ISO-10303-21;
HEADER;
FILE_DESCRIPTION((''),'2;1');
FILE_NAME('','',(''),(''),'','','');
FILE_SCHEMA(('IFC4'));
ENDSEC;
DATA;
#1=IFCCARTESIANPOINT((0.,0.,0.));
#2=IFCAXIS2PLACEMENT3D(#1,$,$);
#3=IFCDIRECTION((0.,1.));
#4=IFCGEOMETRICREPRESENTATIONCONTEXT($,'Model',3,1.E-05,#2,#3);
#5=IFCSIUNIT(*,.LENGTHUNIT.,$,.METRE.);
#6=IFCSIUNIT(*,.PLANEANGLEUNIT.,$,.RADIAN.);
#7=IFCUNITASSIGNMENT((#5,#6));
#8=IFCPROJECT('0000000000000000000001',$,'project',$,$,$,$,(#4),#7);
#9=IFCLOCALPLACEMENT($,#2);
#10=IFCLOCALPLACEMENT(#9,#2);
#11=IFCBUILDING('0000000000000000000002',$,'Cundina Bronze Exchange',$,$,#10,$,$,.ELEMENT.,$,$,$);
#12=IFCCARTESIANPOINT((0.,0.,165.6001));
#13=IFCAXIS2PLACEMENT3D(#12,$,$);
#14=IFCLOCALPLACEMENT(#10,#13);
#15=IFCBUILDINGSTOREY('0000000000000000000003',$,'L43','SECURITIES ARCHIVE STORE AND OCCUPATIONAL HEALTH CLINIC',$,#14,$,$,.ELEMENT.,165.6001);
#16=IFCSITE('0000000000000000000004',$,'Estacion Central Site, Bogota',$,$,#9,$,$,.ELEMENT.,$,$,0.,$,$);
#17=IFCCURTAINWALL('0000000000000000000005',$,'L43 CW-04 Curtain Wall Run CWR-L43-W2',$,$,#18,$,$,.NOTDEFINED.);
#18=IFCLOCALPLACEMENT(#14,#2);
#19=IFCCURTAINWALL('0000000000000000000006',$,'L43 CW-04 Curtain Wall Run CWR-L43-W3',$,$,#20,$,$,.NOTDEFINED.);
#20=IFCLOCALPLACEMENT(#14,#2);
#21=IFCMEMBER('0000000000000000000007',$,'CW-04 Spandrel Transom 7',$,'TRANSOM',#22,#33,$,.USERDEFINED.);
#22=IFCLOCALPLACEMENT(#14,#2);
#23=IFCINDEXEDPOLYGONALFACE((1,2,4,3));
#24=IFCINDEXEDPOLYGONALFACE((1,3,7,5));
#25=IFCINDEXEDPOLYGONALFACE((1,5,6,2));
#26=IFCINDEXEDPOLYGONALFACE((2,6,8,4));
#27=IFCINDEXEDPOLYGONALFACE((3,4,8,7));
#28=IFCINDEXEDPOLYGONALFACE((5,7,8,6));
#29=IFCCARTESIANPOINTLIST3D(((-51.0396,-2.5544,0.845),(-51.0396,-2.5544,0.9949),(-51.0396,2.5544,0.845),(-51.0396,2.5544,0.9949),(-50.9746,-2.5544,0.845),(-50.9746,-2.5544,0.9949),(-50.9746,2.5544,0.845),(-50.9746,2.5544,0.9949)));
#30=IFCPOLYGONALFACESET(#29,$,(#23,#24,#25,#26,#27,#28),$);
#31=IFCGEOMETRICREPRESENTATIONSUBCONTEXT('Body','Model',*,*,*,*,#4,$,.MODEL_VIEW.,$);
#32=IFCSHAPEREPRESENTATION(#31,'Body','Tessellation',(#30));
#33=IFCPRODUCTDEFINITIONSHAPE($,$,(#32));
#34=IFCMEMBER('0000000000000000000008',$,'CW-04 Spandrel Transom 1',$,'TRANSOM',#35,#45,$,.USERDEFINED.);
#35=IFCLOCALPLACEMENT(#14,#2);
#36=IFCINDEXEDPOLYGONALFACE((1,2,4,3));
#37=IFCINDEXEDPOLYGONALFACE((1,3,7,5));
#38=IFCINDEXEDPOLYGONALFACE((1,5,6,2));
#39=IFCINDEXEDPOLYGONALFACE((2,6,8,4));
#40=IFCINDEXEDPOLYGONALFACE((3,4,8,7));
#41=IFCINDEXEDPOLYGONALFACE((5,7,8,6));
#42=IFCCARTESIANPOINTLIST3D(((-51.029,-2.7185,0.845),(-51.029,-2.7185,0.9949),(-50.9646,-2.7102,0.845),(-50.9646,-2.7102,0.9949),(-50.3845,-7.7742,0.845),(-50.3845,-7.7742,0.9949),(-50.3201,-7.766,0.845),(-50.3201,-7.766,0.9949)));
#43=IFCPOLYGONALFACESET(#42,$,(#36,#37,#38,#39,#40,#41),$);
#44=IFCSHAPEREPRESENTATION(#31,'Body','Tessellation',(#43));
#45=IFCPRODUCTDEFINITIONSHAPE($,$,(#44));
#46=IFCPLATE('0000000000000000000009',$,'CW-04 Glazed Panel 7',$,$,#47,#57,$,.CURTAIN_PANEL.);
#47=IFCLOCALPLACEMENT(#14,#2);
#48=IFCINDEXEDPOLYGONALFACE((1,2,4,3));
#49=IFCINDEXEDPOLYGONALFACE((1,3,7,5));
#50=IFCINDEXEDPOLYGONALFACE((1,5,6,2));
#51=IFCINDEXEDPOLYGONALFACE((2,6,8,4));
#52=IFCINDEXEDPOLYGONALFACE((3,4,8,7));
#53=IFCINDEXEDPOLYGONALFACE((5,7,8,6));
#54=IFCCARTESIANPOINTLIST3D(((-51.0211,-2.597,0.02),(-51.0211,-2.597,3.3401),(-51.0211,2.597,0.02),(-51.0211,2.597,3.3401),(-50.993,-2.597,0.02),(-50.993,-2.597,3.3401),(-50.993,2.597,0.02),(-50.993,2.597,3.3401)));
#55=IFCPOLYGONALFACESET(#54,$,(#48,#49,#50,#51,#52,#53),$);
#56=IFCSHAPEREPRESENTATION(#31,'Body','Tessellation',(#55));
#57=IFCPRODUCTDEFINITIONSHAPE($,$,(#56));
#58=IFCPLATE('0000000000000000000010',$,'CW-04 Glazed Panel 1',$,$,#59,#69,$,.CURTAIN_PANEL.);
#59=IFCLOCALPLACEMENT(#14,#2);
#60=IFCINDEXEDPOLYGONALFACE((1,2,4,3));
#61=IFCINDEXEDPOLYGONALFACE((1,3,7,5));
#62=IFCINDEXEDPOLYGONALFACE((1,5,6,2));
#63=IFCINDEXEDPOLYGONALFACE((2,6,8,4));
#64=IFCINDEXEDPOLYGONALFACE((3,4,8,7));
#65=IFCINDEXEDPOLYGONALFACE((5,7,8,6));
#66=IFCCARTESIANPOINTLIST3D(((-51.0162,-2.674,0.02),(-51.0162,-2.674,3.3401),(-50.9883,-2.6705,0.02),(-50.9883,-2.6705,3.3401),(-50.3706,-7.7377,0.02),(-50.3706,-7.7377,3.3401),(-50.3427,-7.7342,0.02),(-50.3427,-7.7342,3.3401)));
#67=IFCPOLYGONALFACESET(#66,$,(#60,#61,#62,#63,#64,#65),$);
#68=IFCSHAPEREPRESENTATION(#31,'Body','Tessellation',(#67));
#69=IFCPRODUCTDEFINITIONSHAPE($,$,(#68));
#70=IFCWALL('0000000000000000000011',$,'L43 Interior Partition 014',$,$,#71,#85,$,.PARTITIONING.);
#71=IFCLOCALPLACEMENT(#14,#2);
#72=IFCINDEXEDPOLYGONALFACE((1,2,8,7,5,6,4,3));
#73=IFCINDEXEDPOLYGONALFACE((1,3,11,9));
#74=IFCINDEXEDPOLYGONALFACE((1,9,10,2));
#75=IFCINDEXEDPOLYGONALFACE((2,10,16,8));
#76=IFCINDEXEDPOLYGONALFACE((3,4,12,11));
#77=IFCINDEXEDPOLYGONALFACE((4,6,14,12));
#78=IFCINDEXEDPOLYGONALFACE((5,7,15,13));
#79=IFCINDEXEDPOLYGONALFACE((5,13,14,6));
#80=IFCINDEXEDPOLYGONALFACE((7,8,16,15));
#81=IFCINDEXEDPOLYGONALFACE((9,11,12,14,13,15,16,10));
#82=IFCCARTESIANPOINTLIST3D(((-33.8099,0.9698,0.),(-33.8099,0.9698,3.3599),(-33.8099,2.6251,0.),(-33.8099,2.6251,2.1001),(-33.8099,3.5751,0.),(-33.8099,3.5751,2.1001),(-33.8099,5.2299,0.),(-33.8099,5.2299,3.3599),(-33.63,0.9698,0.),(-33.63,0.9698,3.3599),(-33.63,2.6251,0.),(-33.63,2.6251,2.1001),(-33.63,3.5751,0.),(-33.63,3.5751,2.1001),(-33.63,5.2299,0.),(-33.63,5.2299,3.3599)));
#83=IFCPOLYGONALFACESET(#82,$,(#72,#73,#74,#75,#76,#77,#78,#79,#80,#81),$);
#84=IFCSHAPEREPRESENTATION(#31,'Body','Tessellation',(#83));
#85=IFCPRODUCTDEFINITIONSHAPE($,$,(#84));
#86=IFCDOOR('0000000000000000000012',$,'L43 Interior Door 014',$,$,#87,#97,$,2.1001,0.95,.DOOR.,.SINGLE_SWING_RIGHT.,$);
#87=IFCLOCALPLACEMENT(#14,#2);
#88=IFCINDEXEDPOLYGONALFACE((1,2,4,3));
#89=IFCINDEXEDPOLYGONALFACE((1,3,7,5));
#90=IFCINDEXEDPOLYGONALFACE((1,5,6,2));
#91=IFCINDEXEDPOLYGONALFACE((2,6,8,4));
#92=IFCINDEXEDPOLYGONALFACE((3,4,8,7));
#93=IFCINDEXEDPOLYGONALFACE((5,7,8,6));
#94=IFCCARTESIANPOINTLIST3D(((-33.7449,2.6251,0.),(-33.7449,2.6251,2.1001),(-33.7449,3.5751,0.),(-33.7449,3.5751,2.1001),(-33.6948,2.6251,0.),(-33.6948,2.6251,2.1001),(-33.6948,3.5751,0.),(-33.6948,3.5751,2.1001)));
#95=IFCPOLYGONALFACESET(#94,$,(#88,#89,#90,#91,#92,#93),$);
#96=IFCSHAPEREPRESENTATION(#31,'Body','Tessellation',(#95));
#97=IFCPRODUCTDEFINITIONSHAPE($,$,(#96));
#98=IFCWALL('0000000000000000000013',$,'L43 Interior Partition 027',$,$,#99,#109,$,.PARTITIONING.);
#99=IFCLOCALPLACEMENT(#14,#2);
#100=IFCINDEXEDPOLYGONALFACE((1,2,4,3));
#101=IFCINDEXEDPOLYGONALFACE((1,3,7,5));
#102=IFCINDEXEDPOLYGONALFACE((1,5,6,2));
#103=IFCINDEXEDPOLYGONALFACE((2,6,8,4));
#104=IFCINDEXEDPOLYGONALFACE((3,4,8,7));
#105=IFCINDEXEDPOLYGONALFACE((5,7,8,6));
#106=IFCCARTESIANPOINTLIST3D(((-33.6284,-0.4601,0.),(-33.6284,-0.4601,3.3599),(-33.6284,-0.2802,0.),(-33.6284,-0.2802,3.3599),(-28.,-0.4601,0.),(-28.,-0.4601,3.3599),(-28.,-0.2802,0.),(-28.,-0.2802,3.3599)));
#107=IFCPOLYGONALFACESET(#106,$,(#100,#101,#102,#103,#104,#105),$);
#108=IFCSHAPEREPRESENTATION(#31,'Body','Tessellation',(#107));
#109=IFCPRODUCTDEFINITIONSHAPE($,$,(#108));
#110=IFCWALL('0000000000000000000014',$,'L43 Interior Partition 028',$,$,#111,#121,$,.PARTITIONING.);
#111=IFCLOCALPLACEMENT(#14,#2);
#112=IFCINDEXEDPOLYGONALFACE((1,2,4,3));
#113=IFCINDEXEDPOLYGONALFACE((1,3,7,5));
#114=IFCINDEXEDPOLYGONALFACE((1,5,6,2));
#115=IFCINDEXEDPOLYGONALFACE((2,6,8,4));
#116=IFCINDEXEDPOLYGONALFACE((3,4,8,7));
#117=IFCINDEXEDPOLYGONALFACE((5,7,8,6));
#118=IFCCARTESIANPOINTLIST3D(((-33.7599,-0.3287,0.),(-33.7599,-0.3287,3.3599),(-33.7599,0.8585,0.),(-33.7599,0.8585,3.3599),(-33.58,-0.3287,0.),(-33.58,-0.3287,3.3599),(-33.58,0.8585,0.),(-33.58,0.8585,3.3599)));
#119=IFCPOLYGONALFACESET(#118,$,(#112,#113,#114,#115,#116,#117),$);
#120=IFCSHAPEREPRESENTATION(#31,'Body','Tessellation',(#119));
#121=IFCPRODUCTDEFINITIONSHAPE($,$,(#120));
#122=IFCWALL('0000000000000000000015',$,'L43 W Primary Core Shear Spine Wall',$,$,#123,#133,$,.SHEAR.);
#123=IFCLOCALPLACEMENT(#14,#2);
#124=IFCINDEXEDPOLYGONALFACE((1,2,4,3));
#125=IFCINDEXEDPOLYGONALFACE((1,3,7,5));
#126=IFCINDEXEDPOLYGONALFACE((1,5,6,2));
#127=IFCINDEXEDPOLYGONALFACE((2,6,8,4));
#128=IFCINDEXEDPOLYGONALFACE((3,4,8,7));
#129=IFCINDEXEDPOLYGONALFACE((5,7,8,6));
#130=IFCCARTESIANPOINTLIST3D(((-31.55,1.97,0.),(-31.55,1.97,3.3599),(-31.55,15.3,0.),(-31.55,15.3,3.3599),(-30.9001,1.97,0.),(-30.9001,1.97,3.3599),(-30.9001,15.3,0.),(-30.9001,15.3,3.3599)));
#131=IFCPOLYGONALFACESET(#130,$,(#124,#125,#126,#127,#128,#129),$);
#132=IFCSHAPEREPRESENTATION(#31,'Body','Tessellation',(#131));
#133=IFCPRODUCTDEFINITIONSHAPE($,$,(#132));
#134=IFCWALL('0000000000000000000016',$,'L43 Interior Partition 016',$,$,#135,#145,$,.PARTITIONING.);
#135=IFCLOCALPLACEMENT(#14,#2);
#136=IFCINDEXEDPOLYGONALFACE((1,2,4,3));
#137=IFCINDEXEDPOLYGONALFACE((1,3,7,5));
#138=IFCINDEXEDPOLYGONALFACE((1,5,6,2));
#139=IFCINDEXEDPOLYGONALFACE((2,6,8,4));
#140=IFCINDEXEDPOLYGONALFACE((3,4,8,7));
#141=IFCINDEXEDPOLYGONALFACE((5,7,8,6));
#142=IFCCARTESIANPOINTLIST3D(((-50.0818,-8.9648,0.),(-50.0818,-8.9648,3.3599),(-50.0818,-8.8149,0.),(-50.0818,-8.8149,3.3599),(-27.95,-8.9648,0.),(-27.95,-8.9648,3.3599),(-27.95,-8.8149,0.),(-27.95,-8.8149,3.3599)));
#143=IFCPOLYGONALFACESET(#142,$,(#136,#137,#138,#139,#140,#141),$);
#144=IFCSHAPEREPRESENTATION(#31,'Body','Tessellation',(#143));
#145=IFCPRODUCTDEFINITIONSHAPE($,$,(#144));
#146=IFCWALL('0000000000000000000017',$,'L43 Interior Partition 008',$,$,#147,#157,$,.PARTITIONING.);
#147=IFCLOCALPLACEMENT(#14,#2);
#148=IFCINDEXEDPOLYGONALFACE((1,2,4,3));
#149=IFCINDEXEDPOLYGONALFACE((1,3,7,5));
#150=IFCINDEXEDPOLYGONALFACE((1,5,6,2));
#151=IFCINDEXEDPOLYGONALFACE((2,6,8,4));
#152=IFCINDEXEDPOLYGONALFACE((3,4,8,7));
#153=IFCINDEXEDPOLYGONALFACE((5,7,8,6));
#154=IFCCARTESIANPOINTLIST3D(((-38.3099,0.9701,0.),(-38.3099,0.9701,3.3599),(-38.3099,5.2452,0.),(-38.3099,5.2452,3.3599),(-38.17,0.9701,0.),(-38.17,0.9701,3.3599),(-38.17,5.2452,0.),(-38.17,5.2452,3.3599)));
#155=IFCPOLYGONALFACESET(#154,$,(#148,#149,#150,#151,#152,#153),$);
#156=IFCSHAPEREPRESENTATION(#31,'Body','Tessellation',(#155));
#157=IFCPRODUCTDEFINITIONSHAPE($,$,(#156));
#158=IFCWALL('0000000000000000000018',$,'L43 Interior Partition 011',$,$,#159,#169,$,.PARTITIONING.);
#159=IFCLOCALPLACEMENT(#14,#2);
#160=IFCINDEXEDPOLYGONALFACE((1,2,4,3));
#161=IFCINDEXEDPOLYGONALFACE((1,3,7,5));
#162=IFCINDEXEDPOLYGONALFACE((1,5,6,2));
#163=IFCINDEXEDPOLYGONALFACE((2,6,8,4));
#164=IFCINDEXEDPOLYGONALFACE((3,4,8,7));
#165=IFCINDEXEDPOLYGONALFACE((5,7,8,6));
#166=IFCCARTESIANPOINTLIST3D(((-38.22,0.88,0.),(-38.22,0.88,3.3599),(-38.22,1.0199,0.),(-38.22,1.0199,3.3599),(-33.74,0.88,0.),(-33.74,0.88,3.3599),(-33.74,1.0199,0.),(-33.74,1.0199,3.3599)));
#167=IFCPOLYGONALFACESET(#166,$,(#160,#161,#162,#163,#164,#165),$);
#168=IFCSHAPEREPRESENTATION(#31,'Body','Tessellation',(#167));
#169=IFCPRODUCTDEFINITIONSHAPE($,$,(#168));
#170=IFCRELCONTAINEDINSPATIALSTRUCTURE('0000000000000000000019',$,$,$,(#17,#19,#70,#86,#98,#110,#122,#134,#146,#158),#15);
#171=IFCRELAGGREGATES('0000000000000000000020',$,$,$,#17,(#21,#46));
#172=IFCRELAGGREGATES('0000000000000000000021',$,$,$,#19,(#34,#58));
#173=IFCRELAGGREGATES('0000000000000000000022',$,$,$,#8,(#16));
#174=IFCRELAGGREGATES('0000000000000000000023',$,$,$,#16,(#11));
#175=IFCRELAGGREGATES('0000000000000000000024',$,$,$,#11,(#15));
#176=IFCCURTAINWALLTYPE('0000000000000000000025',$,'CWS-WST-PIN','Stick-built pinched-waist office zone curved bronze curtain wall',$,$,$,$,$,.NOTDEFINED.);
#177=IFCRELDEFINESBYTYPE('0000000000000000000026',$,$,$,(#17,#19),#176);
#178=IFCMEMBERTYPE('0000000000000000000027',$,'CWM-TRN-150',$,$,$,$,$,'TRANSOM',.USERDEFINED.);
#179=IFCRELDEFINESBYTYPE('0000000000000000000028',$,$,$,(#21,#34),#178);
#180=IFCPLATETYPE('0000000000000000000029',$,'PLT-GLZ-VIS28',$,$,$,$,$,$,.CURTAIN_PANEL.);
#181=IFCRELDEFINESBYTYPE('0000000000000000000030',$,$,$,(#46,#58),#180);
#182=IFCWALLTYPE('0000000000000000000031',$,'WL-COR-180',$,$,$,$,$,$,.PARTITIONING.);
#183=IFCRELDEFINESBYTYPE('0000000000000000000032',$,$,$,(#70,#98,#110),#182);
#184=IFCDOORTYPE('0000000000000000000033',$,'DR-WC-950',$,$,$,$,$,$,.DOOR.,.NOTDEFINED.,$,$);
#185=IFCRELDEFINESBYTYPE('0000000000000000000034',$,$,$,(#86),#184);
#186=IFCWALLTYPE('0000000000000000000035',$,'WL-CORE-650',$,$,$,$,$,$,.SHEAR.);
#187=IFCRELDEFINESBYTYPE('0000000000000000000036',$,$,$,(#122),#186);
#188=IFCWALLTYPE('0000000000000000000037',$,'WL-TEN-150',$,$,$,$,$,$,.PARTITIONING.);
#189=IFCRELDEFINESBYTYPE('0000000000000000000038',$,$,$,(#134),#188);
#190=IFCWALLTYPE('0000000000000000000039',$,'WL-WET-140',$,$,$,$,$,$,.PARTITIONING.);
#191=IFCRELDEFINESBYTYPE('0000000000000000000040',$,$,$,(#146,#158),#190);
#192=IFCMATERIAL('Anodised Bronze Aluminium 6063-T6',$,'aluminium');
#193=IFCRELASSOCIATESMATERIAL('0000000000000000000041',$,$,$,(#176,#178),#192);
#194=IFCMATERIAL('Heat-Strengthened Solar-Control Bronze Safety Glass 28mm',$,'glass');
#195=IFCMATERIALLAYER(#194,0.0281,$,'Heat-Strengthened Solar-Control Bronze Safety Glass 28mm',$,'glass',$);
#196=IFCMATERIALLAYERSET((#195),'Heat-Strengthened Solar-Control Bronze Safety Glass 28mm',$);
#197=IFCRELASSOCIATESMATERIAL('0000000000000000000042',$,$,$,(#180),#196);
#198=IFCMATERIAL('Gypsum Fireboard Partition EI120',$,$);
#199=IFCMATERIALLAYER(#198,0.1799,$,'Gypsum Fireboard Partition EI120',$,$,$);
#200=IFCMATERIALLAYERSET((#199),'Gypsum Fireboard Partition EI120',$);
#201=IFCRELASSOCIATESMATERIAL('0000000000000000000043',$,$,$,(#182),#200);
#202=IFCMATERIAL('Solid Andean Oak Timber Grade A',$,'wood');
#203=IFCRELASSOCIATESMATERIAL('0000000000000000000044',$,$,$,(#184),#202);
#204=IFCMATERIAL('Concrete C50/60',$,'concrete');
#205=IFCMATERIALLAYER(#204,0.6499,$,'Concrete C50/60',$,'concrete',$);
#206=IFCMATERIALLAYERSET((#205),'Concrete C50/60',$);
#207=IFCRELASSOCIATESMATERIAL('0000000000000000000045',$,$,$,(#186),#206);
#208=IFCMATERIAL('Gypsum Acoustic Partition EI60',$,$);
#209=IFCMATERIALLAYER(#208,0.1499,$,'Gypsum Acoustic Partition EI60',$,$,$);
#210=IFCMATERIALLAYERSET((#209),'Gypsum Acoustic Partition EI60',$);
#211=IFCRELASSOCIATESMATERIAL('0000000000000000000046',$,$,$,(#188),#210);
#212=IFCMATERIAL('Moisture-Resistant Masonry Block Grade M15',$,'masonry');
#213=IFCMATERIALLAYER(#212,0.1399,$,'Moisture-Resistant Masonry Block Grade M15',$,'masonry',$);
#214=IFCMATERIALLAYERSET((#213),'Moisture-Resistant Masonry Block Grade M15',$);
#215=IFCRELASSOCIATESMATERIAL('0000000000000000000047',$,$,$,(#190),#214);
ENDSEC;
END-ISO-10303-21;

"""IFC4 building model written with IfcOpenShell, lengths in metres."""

from ifc_helpers import new_model, si_unit, direction, frame, frame_2d, origin, origin_2d, place, context, subcontext, project, spatial, rectangle, extrude, material, layer, layer_set, material_profile, profile_set, type_object, element, fill, aggregate, save


model = new_model("IFC4")

# Units and contexts
model_context = context("Model", 3, precision=1e-05, world=origin(), true_north=direction((0.0, 1.0)))
body_context = subcontext(model_context, "Body", "Model", "MODEL_VIEW")
ifc_project = project(units=[si_unit("LENGTHUNIT", "METRE"), si_unit("PLANEANGLEUNIT", "RADIAN")], contexts=[model_context])

# Site, building, storey
site_placement = place(None, origin())
site = spatial("IfcSite", under=ifc_project, at=site_placement, Name="Estacion Central Site, Bogota", CompositionType="ELEMENT", RefElevation=0.0)
building_placement = place(site_placement, origin())
building = spatial("IfcBuilding", under=site, at=building_placement, Name="Cundina Bronze Exchange", CompositionType="ELEMENT")
storey_placement = place(building_placement, frame((0.0, 0.0, 165.6001)))
storey = spatial("IfcBuildingStorey", under=building, at=storey_placement, Name="L43", Description="SECURITIES ARCHIVE STORE AND OCCUPATIONAL HEALTH CLINIC", CompositionType="ELEMENT", Elevation=165.6001)

# Shared definitions
ifc_material_1 = material(Name="Concrete C50/60", Category="concrete")

# Curtain walls
ifc_material_2 = material(Name="Anodised Bronze Aluminium 6063-T6", Category="aluminium")
curtain_wall_type = type_object("IfcCurtainWallType", Name="CWS-WST-PIN", Description="Stick-built pinched-waist office zone curved bronze curtain wall", PredefinedType="NOTDEFINED", material=ifc_material_2)
curtain_wall_1_placement = place(storey_placement, origin())
curtain_wall_1 = element("IfcCurtainWall", 1, at=curtain_wall_1_placement, inside=storey, type_object=curtain_wall_type, Name="L43 CW-04 Curtain Wall Run CWR-L43-W2", PredefinedType="NOTDEFINED")
curtain_wall_2_placement = place(storey_placement, origin())
curtain_wall_2 = element("IfcCurtainWall", 2, at=curtain_wall_2_placement, inside=storey, type_object=curtain_wall_type, Name="L43 CW-04 Curtain Wall Run CWR-L43-W3", PredefinedType="NOTDEFINED")

# Members
ifc_material_profile_1 = material_profile(ifc_material_2, rectangle(XDim=0.0649, YDim=0.1499, at=origin_2d()), Name="AL65X150", Category="aluminium")
ifc_profile_set_1 = profile_set([ifc_material_profile_1], Name="Anodised Bronze Aluminium 6063-T6")
member_type_1 = type_object("IfcMemberType", Name="CWM-TRN-150", ElementType="TRANSOM", PredefinedType="USERDEFINED", material=ifc_profile_set_1)
member_1_placement = place(storey_placement, frame((-51.0071, 2.5544, 0.9199), z_axis=(0.0, -1.0, 0.0), x_axis=(1.0, 0.0, 0.0)))
member_1 = element("IfcMember", 3, at=member_1_placement, type_object=member_type_1, Name="CW-04 Spandrel Transom 7", ObjectType="TRANSOM", PredefinedType="USERDEFINED", context=body_context, shape_type="SweptSolid", body=[
    extrude(rectangle(XDim=0.0649, YDim=0.1499, at=origin_2d()), origin(), (0.0, 0.0, 1.0), 5.1089),
])
member_2_placement = place(storey_placement, frame((-50.9968, -2.7144, 0.9199), z_axis=(0.126463, -0.991971, 0.0), x_axis=(0.991971, 0.126463, 0.0)))
member_2 = element("IfcMember", 4, at=member_2_placement, type_object=member_type_1, Name="CW-04 Spandrel Transom 1", ObjectType="TRANSOM", PredefinedType="USERDEFINED", context=body_context, shape_type="SweptSolid", body=[
    extrude(rectangle(XDim=0.0649, YDim=0.1499, at=origin_2d()), origin(), (0.0, 0.0, 1.0), 5.0967),
])

# Plates
ifc_material_3 = material(Name="Heat-Strengthened Solar-Control Bronze Safety Glass 28mm", Category="glass")
ifc_layer_1 = layer(ifc_material_3, 0.0281, Name="Heat-Strengthened Solar-Control Bronze Safety Glass 28mm", Category="glass")
ifc_layer_set_1 = layer_set([ifc_layer_1], Name="Heat-Strengthened Solar-Control Bronze Safety Glass 28mm")
plate_type = type_object("IfcPlateType", Name="PLT-GLZ-VIS28", PredefinedType="CURTAIN_PANEL", material=ifc_layer_set_1)
plate_1_placement = place(storey_placement, frame((-51.0071, 0.0, 0.02), z_axis=(0.0, 0.0, 1.0), x_axis=(0.0, -1.0, 0.0)))
plate_1 = element("IfcPlate", 5, at=plate_1_placement, type_object=plate_type, Name="CW-04 Glazed Panel 7", PredefinedType="CURTAIN_PANEL", context=body_context, shape_type="SweptSolid", body=[
    extrude(rectangle(XDim=5.1941, YDim=0.0281, at=origin_2d()), origin(), (0.0, 0.0, 1.0), 3.3201),
])
aggregate(curtain_wall_1, [member_1, plate_1])
plate_2_placement = place(storey_placement, frame((-50.6794, -5.2041, 0.02), z_axis=(0.0, 0.0, 1.0), x_axis=(0.126476, -0.99197, 0.0)))
plate_2 = element("IfcPlate", 6, at=plate_2_placement, type_object=plate_type, Name="CW-04 Glazed Panel 1", PredefinedType="CURTAIN_PANEL", context=body_context, shape_type="SweptSolid", body=[
    extrude(rectangle(XDim=5.1047, YDim=0.0281, at=origin_2d()), origin(), (0.0, 0.0, 1.0), 3.3201),
])
aggregate(curtain_wall_2, [member_2, plate_2])

# Wall, opening, door
ifc_material_4 = material(Name="Gypsum Fireboard Partition EI120")
ifc_layer_2 = layer(ifc_material_4, 0.1799, Name="Gypsum Fireboard Partition EI120")
ifc_layer_set_2 = layer_set([ifc_layer_2], Name="Gypsum Fireboard Partition EI120")
wall_type_1 = type_object("IfcWallType", Name="WL-COR-180", PredefinedType="PARTITIONING", material=ifc_layer_set_2)
wall_1_placement = place(storey_placement, frame((-33.72, 0.97, 0.0), z_axis=(0.0, 0.0, 1.0), x_axis=(0.0, 1.0, 0.0)))
wall_1 = element("IfcWall", 7, at=wall_1_placement, inside=storey, type_object=wall_type_1, Name="L43 Interior Partition 014", PredefinedType="PARTITIONING", context=body_context, shape_type="SweptSolid", body=[
    extrude(rectangle(XDim=4.26, YDim=0.1799, at=frame_2d((2.1299, 0.0))), origin(), (0.0, 0.0, 1.0), 3.3599),
])
opening_1_placement = place(wall_1_placement, frame((1.655, 0.0, 0.0)))
opening_1 = element("IfcOpeningElement", 8, at=opening_1_placement, cuts=wall_1, PredefinedType="OPENING", context=body_context, shape_type="SweptSolid", body=[
    extrude(rectangle(XDim=0.95, YDim=2.1001, at=frame_2d((0.4751, 1.05))), frame((0.0, 0.0999, 0.0), z_axis=(0.0, -1.0, 0.0), x_axis=(1.0, 0.0, 0.0)), (0.0, 0.0, 1.0), 0.2),
])
ifc_material_5 = material(Name="Solid Andean Oak Timber Grade A", Category="wood")
door_type_1 = type_object("IfcDoorType", Name="DR-WC-950", OperationType="NOTDEFINED", PredefinedType="DOOR", material=ifc_material_5)
door_1_placement = place(opening_1_placement, origin())
door_1 = element("IfcDoor", 9, at=door_1_placement, inside=storey, type_object=door_type_1, Name="L43 Interior Door 014", OperationType="SINGLE_SWING_RIGHT", OverallHeight=2.1001, OverallWidth=0.95, PredefinedType="DOOR", context=body_context, shape_type="SweptSolid", body=[
    extrude(rectangle(XDim=0.95, YDim=2.1001, at=frame_2d((0.4751, 1.05))), frame((0.0, 0.0249, 0.0), z_axis=(0.0, -1.0, 0.0), x_axis=(1.0, 0.0, 0.0)), (0.0, 0.0, 1.0), 0.05),
])
fill(opening_1, door_1)

# Walls
wall_2_placement = place(storey_placement, frame((-33.6284, -0.3701, 0.0), z_axis=(0.0, 0.0, 1.0), x_axis=(1.0, 0.0, 0.0)))
element("IfcWall", 10, at=wall_2_placement, inside=storey, type_object=wall_type_1, Name="L43 Interior Partition 027", PredefinedType="PARTITIONING", context=body_context, shape_type="SweptSolid", body=[
    extrude(rectangle(XDim=5.6284, YDim=0.1799, at=frame_2d((2.8142, 0.0))), origin(), (0.0, 0.0, 1.0), 3.3599),
])
wall_3_placement = place(storey_placement, frame((-33.6699, 0.8586, 0.0), z_axis=(0.0, 0.0, 1.0), x_axis=(0.0, -1.0, 0.0)))
element("IfcWall", 11, at=wall_3_placement, inside=storey, type_object=wall_type_1, Name="L43 Interior Partition 028", PredefinedType="PARTITIONING", context=body_context, shape_type="SweptSolid", body=[
    extrude(rectangle(XDim=1.1873, YDim=0.1799, at=frame_2d((0.5938, 0.0))), origin(), (0.0, 0.0, 1.0), 3.3599),
])
ifc_layer_3 = layer(ifc_material_1, 0.6499, Name="Concrete C50/60", Category="concrete")
ifc_layer_set_3 = layer_set([ifc_layer_3], Name="Concrete C50/60")
wall_type_2 = type_object("IfcWallType", Name="WL-CORE-650", PredefinedType="SHEAR", material=ifc_layer_set_3)
wall_4_placement = place(storey_placement, frame((-31.2251, 1.97, 0.0), z_axis=(0.0, 0.0, 1.0), x_axis=(0.0, 1.0, 0.0)))
element("IfcWall", 12, at=wall_4_placement, inside=storey, type_object=wall_type_2, Name="L43 W Primary Core Shear Spine Wall", PredefinedType="SHEAR", context=body_context, shape_type="SweptSolid", body=[
    extrude(rectangle(XDim=13.3301, YDim=0.6499, at=frame_2d((6.665, 0.0))), origin(), (0.0, 0.0, 1.0), 3.3599),
])
ifc_material_6 = material(Name="Gypsum Acoustic Partition EI60")
ifc_layer_4 = layer(ifc_material_6, 0.1499, Name="Gypsum Acoustic Partition EI60")
ifc_layer_set_4 = layer_set([ifc_layer_4], Name="Gypsum Acoustic Partition EI60")
wall_type_3 = type_object("IfcWallType", Name="WL-TEN-150", PredefinedType="PARTITIONING", material=ifc_layer_set_4)
wall_5_placement = place(storey_placement, frame((-50.0818, -8.8899, 0.0), z_axis=(0.0, 0.0, 1.0), x_axis=(1.0, 0.0, 0.0)))
element("IfcWall", 13, at=wall_5_placement, inside=storey, type_object=wall_type_3, Name="L43 Interior Partition 016", PredefinedType="PARTITIONING", context=body_context, shape_type="SweptSolid", body=[
    extrude(rectangle(XDim=22.1318, YDim=0.1499, at=frame_2d((11.0659, 0.0))), origin(), (0.0, 0.0, 1.0), 3.3599),
])
ifc_material_7 = material(Name="Moisture-Resistant Masonry Block Grade M15", Category="masonry")
ifc_layer_5 = layer(ifc_material_7, 0.1399, Name="Moisture-Resistant Masonry Block Grade M15", Category="masonry")
ifc_layer_set_5 = layer_set([ifc_layer_5], Name="Moisture-Resistant Masonry Block Grade M15")
wall_type_4 = type_object("IfcWallType", Name="WL-WET-140", PredefinedType="PARTITIONING", material=ifc_layer_set_5)
wall_6_placement = place(storey_placement, frame((-38.24, 0.97, 0.0), z_axis=(0.0, 0.0, 1.0), x_axis=(0.0, 1.0, 0.0)))
element("IfcWall", 14, at=wall_6_placement, inside=storey, type_object=wall_type_4, Name="L43 Interior Partition 008", PredefinedType="PARTITIONING", context=body_context, shape_type="SweptSolid", body=[
    extrude(rectangle(XDim=4.2751, YDim=0.1399, at=frame_2d((2.1377, 0.0))), origin(), (0.0, 0.0, 1.0), 3.3599),
])
wall_7_placement = place(storey_placement, frame((-38.22, 0.95, 0.0), z_axis=(0.0, 0.0, 1.0), x_axis=(1.0, 0.0, 0.0)))
element("IfcWall", 15, at=wall_7_placement, inside=storey, type_object=wall_type_4, Name="L43 Interior Partition 011", PredefinedType="PARTITIONING", context=body_context, shape_type="SweptSolid", body=[
    extrude(rectangle(XDim=4.48, YDim=0.1399, at=frame_2d((2.24, 0.0))), origin(), (0.0, 0.0, 1.0), 3.3599),
])

save(model, "model.ifc")
